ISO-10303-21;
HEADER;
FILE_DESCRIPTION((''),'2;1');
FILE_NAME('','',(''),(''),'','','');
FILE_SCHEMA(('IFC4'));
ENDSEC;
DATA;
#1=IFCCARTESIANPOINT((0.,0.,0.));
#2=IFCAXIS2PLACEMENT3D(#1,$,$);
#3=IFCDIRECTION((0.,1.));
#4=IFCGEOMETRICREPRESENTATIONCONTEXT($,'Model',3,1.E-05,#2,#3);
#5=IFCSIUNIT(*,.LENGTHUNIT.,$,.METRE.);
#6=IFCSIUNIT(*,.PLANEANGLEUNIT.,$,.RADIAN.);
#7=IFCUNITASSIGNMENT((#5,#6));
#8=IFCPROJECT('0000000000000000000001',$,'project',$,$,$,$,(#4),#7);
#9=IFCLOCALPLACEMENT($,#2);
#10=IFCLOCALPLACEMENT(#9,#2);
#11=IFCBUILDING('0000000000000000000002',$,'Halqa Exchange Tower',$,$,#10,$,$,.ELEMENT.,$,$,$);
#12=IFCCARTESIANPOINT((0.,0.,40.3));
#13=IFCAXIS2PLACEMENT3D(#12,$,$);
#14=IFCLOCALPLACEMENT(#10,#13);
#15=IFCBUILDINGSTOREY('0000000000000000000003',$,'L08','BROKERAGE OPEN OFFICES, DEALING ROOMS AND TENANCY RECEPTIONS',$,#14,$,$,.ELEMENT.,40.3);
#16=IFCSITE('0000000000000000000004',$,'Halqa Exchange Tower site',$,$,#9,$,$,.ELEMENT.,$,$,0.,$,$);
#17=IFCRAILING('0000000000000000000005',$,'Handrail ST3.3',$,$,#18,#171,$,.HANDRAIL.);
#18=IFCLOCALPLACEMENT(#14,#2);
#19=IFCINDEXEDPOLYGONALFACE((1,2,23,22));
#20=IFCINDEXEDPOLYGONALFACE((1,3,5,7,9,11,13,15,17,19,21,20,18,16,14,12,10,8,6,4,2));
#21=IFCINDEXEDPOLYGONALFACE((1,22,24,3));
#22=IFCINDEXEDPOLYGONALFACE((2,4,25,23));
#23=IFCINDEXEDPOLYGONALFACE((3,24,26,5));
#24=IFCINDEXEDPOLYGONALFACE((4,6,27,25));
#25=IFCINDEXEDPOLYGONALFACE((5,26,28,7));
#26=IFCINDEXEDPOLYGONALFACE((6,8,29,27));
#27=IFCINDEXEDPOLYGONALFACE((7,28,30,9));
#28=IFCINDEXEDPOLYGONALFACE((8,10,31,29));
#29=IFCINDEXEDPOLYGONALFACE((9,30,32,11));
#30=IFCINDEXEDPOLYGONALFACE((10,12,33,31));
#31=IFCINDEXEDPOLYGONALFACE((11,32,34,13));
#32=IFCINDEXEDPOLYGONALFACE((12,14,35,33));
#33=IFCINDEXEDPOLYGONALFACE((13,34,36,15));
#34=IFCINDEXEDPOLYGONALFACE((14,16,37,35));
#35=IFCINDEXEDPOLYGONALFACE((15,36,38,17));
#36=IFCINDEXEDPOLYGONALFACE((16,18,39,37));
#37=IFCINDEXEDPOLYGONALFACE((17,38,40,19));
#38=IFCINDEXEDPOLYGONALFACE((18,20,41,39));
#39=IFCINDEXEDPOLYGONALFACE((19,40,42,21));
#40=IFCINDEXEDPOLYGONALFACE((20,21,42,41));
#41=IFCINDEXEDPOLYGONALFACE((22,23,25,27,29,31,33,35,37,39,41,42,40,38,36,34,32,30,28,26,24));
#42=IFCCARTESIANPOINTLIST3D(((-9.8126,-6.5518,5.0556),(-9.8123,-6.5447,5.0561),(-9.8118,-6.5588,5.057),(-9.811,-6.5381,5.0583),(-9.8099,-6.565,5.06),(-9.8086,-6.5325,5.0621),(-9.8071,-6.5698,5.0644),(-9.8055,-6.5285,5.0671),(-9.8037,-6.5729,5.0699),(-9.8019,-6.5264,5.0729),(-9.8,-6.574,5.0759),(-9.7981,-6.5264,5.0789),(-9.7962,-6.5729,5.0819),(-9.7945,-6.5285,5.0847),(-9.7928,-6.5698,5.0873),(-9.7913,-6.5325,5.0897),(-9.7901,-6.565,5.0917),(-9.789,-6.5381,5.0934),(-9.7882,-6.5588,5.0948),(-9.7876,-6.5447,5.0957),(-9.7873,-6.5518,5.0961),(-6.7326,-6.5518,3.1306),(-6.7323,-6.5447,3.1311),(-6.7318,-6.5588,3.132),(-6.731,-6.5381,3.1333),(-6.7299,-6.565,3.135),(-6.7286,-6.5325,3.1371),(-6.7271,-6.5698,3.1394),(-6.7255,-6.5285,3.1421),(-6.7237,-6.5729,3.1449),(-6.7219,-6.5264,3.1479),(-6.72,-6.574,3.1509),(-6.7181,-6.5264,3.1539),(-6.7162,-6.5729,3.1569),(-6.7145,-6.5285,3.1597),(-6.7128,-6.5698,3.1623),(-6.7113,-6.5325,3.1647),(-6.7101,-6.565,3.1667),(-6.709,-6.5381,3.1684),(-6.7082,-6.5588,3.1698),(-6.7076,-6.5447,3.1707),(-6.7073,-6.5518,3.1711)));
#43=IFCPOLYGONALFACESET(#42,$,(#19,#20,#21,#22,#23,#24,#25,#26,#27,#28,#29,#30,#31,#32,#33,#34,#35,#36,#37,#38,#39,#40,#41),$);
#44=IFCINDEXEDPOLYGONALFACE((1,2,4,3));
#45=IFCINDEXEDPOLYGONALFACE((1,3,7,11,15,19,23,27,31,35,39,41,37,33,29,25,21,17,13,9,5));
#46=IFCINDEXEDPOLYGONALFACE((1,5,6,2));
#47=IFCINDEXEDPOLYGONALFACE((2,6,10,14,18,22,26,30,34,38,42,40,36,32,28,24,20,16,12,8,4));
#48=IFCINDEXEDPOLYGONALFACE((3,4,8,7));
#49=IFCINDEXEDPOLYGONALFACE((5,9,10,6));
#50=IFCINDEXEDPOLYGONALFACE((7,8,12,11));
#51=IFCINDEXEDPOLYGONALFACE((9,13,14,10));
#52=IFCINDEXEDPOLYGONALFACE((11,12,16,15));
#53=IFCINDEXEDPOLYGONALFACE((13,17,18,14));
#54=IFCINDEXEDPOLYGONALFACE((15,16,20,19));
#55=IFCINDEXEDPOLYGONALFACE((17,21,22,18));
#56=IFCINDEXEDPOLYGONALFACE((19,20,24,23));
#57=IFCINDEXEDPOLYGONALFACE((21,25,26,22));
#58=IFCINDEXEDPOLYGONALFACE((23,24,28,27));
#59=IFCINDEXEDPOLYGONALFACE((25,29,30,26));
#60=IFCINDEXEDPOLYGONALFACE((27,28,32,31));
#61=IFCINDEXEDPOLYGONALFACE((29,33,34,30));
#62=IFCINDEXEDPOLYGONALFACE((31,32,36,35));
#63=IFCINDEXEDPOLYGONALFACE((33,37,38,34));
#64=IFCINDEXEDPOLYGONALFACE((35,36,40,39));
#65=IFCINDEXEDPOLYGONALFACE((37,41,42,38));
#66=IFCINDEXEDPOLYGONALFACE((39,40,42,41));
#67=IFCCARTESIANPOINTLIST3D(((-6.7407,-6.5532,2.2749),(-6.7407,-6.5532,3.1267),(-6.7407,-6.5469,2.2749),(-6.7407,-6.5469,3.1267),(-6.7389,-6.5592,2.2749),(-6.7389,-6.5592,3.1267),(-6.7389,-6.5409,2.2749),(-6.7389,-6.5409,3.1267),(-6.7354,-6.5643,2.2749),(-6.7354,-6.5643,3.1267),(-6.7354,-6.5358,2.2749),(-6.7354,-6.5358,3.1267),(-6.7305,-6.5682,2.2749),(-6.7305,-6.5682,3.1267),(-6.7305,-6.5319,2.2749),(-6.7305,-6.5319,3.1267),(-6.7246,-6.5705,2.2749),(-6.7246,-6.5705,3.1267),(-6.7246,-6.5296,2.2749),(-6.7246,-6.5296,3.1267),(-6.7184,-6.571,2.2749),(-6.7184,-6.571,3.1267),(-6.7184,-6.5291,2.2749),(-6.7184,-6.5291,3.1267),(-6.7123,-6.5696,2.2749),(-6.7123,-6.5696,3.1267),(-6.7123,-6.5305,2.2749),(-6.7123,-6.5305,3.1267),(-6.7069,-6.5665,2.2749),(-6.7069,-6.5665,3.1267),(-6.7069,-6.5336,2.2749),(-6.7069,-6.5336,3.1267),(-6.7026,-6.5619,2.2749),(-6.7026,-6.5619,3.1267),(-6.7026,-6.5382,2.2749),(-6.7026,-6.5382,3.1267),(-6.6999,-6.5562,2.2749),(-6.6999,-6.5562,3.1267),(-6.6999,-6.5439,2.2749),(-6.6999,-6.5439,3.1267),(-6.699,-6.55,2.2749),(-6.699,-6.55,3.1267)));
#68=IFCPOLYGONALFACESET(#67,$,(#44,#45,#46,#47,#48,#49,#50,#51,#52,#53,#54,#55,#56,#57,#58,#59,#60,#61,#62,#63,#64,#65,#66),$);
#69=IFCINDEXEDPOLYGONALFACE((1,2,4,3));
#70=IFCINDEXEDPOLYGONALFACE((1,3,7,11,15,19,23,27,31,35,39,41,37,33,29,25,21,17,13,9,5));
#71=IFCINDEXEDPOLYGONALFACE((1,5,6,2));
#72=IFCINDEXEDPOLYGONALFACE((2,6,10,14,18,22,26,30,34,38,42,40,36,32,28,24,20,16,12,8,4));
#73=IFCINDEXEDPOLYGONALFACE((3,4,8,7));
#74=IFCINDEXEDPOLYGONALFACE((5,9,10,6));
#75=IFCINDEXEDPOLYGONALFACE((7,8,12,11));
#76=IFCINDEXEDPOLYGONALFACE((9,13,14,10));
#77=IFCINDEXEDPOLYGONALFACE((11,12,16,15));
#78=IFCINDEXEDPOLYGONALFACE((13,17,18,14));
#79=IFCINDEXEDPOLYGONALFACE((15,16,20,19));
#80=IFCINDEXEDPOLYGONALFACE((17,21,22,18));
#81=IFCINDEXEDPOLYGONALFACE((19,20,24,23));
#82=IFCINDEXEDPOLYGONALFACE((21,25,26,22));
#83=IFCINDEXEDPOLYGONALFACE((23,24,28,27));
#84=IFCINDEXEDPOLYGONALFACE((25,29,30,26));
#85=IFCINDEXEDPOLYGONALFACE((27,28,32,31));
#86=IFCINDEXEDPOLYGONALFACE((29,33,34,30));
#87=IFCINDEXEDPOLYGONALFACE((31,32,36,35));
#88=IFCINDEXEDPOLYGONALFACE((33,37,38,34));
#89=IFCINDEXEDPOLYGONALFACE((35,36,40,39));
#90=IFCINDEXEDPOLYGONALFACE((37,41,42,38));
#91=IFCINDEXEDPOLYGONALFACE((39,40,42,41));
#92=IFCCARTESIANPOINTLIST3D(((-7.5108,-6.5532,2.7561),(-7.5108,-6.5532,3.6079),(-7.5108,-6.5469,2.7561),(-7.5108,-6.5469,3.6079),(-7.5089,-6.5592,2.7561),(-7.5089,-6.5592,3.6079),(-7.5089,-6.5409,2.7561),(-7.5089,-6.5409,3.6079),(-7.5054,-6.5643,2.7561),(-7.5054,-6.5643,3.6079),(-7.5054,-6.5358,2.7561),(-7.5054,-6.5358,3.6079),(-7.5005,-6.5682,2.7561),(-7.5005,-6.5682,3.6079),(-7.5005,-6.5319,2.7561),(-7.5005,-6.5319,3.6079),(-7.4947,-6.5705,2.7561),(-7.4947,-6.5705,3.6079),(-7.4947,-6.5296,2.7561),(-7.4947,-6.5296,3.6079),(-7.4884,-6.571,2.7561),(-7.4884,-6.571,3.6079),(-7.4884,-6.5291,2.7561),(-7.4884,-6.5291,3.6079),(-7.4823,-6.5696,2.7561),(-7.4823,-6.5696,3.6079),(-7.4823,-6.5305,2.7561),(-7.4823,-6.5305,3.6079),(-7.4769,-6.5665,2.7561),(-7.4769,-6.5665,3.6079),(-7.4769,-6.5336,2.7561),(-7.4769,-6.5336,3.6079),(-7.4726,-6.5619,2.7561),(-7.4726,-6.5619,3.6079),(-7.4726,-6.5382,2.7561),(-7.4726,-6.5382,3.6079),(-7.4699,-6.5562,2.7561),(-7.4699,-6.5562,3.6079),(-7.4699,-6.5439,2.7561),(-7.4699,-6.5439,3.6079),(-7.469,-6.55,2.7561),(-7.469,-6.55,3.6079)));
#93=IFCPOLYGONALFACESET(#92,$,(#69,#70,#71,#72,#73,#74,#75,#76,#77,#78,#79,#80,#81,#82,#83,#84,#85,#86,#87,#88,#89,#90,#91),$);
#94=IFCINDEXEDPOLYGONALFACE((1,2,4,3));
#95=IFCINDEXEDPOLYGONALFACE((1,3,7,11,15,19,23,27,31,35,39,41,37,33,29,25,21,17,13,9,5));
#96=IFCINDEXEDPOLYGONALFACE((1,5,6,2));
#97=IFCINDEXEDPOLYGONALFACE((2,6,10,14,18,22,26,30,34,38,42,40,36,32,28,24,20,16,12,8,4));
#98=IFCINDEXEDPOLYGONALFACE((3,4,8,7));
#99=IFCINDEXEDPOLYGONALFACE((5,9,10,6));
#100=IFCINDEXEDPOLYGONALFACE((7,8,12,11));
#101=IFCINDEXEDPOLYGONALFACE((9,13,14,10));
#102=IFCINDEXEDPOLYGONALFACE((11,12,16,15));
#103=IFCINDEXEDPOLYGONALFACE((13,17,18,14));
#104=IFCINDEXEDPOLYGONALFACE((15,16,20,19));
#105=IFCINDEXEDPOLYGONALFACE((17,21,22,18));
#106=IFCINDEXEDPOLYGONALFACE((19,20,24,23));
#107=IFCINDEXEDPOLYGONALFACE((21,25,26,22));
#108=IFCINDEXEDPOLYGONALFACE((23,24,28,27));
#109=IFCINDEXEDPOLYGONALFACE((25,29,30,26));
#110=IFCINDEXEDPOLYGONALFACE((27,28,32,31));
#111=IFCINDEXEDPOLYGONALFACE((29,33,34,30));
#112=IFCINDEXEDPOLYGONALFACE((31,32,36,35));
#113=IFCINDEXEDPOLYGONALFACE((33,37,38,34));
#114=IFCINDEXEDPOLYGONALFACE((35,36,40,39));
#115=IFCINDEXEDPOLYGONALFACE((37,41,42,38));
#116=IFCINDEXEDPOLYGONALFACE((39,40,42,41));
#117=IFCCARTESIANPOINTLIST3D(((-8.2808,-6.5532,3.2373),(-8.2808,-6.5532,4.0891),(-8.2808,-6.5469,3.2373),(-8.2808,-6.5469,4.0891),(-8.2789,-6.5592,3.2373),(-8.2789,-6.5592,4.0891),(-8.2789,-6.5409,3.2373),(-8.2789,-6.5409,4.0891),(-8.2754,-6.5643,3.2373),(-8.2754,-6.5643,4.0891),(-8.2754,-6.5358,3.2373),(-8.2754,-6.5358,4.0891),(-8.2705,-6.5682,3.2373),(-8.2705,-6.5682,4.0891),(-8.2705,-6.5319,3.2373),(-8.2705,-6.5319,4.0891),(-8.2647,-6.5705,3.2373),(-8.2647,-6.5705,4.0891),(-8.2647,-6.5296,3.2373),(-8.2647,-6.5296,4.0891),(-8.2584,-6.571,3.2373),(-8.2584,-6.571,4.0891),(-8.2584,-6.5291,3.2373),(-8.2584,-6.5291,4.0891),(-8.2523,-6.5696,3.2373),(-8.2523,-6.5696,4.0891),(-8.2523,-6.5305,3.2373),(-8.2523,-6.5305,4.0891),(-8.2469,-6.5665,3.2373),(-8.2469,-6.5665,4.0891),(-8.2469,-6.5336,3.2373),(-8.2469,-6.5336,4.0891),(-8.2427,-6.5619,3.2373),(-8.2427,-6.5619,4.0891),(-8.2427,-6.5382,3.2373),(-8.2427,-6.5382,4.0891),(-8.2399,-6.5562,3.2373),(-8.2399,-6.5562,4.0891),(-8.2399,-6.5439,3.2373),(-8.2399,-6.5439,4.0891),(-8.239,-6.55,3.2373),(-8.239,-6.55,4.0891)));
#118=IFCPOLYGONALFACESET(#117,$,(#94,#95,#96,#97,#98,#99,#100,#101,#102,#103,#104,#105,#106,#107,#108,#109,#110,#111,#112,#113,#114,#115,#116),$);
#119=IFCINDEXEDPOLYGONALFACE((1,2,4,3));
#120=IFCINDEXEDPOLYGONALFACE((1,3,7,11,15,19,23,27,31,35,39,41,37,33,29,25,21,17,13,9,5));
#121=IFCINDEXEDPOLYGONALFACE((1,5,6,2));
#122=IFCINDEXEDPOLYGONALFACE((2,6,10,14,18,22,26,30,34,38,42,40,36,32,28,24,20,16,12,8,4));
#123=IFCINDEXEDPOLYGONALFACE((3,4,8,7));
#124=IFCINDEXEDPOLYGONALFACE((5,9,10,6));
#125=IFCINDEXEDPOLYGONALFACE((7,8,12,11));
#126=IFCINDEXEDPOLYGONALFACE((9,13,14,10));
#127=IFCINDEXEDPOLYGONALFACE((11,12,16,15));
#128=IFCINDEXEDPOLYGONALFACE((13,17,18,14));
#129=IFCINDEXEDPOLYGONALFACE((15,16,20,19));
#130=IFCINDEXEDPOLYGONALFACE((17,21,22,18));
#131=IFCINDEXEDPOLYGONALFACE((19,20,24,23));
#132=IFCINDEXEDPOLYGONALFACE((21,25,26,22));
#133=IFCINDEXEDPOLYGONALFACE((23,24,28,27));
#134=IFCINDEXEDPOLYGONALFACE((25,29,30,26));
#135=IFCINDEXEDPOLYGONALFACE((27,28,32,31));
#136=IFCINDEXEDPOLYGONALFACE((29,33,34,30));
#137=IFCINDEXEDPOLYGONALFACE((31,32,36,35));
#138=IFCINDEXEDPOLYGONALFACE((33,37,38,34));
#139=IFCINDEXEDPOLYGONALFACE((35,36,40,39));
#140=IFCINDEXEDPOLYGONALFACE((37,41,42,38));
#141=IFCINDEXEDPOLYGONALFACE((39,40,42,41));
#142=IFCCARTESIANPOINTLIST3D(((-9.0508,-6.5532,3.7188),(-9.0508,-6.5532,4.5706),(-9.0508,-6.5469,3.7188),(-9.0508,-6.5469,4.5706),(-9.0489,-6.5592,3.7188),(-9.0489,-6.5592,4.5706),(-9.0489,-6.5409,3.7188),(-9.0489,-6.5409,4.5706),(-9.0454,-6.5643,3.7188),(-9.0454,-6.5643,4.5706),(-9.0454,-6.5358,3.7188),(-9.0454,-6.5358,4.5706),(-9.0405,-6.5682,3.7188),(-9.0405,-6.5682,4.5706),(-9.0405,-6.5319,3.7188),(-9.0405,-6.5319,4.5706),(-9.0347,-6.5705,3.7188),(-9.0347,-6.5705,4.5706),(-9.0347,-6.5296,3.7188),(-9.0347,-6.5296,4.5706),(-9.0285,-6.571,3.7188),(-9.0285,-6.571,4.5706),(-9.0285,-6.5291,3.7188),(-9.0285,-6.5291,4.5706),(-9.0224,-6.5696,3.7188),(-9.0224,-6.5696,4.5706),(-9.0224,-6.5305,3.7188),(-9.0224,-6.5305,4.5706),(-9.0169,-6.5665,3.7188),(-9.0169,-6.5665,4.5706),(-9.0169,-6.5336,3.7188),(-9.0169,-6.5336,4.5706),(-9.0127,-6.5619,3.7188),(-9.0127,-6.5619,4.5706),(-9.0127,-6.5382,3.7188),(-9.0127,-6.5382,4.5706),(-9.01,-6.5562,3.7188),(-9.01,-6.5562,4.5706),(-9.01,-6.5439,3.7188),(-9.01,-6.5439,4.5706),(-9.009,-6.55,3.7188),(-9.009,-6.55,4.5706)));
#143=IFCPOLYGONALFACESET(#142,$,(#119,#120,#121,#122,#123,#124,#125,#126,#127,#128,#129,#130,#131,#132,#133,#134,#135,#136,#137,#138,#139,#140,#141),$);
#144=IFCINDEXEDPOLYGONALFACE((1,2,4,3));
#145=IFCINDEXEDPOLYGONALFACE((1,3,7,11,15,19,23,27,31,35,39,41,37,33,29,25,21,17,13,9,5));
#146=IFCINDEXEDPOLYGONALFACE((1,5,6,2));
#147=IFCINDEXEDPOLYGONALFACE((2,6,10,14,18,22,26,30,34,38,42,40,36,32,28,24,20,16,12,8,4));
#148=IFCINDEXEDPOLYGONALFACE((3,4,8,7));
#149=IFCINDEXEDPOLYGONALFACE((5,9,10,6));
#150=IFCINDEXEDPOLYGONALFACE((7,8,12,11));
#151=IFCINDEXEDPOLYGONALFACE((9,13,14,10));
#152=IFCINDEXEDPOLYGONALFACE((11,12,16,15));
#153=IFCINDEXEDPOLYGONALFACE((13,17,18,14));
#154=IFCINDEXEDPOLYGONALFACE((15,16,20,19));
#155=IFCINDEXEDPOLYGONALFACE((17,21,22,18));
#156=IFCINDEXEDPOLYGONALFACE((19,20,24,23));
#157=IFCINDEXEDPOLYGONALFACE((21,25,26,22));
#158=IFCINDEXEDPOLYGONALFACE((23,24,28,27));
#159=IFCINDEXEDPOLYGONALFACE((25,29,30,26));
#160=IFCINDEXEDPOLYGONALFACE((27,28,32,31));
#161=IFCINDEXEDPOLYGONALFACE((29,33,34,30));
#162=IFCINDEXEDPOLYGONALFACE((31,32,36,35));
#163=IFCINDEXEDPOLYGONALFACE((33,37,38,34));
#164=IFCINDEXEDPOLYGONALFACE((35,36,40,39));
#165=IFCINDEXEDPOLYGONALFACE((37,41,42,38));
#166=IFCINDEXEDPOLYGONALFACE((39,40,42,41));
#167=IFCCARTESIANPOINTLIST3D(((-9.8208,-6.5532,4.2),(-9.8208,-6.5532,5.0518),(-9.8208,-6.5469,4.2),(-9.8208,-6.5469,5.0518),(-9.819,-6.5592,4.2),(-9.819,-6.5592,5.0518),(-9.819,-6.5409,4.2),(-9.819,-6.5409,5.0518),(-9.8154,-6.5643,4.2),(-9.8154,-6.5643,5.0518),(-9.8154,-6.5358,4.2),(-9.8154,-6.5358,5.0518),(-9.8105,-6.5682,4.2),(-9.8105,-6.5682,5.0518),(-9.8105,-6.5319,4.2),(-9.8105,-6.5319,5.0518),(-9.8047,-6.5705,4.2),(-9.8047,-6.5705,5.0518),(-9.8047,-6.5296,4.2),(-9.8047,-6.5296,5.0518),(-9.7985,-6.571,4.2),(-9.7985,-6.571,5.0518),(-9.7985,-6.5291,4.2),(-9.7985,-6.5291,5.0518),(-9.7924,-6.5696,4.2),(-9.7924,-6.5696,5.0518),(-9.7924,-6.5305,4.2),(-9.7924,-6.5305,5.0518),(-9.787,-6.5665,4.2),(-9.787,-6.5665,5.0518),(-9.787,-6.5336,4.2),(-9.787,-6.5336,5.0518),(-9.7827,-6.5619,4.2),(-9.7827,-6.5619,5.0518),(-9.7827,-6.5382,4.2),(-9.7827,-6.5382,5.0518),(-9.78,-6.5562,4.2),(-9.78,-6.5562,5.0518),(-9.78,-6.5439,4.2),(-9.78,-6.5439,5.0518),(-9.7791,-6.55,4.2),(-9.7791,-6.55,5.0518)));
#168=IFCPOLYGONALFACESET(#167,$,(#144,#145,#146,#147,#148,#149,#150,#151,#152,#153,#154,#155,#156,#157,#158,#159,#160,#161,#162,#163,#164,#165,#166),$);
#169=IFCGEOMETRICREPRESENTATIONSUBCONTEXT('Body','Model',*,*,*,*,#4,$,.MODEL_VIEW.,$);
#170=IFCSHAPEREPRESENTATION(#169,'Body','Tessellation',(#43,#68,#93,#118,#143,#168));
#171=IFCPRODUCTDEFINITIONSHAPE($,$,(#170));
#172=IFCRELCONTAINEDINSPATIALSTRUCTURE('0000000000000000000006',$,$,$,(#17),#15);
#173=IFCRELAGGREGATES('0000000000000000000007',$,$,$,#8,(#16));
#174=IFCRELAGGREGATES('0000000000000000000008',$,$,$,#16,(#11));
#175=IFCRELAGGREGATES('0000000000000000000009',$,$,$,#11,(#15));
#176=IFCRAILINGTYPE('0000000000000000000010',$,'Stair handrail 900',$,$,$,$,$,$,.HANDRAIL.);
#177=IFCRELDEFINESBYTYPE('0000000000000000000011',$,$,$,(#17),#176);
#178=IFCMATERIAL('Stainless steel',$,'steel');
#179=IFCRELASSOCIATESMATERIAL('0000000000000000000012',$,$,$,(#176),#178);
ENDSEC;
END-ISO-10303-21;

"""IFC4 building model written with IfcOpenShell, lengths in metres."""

from ifc_helpers import new_model, si_unit, direction, frame, origin, origin_2d, place, context, subcontext, project, spatial, circle, extrude, material, type_object, element, save


model = new_model("IFC4")

# Units and contexts
model_context = context("Model", 3, precision=1e-05, world=origin(), true_north=direction((0.0, 1.0)))
body_context = subcontext(model_context, "Body", "Model", "MODEL_VIEW")
ifc_project = project(units=[si_unit("LENGTHUNIT", "METRE"), si_unit("PLANEANGLEUNIT", "RADIAN")], contexts=[model_context])

# Site, building, storey
site_placement = place(None, origin())
site = spatial("IfcSite", under=ifc_project, at=site_placement, Name="Halqa Exchange Tower site", CompositionType="ELEMENT", RefElevation=0.0)
building_placement = place(site_placement, origin())
building = spatial("IfcBuilding", under=site, at=building_placement, Name="Halqa Exchange Tower", CompositionType="ELEMENT")
storey_placement = place(building_placement, frame((0.0, 0.0, 40.3)))
storey = spatial("IfcBuildingStorey", under=building, at=storey_placement, Name="L08", Description="BROKERAGE OPEN OFFICES, DEALING ROOMS AND TENANCY RECEPTIONS", CompositionType="ELEMENT", Elevation=40.3)

# Shared definitions
ifc_material_1 = material(Name="Stainless steel", Category="steel")

# Railing
railing_type_1 = type_object("IfcRailingType", Name="Stair handrail 900", PredefinedType="HANDRAIL", material=ifc_material_1)
railing_1_placement = place(storey_placement, frame((-6.72, -6.55, 2.2749)))
element("IfcRailing", 1, at=railing_1_placement, inside=storey, type_object=railing_type_1, Name="Handrail ST3.3", PredefinedType="HANDRAIL", context=body_context, shape_type="SweptSolid", body=[
    extrude(circle(Radius=0.0239, at=origin_2d()), frame((0.0, 0.0, 0.876), z_axis=(-0.847998, 0.0, 0.529999), x_axis=(0.0, -1.0, 0.0)), (0.0, 0.0, 1.0), 3.6321),
    extrude(circle(Radius=0.021, at=origin_2d()), origin(), (0.0, 0.0, 1.0), 0.8518),
    extrude(circle(Radius=0.021, at=origin_2d()), frame((-0.77, 0.0, 0.4812)), (0.0, 0.0, 1.0), 0.8518),
    extrude(circle(Radius=0.021, at=origin_2d()), frame((-1.54, 0.0, 0.9624)), (0.0, 0.0, 1.0), 0.8518),
    extrude(circle(Radius=0.021, at=origin_2d()), frame((-2.3101, 0.0, 1.4438)), (0.0, 0.0, 1.0), 0.8518),
    extrude(circle(Radius=0.021, at=origin_2d()), frame((-3.0801, 0.0, 1.925)), (0.0, 0.0, 1.0), 0.8518),
])

save(model, "model.ifc")
